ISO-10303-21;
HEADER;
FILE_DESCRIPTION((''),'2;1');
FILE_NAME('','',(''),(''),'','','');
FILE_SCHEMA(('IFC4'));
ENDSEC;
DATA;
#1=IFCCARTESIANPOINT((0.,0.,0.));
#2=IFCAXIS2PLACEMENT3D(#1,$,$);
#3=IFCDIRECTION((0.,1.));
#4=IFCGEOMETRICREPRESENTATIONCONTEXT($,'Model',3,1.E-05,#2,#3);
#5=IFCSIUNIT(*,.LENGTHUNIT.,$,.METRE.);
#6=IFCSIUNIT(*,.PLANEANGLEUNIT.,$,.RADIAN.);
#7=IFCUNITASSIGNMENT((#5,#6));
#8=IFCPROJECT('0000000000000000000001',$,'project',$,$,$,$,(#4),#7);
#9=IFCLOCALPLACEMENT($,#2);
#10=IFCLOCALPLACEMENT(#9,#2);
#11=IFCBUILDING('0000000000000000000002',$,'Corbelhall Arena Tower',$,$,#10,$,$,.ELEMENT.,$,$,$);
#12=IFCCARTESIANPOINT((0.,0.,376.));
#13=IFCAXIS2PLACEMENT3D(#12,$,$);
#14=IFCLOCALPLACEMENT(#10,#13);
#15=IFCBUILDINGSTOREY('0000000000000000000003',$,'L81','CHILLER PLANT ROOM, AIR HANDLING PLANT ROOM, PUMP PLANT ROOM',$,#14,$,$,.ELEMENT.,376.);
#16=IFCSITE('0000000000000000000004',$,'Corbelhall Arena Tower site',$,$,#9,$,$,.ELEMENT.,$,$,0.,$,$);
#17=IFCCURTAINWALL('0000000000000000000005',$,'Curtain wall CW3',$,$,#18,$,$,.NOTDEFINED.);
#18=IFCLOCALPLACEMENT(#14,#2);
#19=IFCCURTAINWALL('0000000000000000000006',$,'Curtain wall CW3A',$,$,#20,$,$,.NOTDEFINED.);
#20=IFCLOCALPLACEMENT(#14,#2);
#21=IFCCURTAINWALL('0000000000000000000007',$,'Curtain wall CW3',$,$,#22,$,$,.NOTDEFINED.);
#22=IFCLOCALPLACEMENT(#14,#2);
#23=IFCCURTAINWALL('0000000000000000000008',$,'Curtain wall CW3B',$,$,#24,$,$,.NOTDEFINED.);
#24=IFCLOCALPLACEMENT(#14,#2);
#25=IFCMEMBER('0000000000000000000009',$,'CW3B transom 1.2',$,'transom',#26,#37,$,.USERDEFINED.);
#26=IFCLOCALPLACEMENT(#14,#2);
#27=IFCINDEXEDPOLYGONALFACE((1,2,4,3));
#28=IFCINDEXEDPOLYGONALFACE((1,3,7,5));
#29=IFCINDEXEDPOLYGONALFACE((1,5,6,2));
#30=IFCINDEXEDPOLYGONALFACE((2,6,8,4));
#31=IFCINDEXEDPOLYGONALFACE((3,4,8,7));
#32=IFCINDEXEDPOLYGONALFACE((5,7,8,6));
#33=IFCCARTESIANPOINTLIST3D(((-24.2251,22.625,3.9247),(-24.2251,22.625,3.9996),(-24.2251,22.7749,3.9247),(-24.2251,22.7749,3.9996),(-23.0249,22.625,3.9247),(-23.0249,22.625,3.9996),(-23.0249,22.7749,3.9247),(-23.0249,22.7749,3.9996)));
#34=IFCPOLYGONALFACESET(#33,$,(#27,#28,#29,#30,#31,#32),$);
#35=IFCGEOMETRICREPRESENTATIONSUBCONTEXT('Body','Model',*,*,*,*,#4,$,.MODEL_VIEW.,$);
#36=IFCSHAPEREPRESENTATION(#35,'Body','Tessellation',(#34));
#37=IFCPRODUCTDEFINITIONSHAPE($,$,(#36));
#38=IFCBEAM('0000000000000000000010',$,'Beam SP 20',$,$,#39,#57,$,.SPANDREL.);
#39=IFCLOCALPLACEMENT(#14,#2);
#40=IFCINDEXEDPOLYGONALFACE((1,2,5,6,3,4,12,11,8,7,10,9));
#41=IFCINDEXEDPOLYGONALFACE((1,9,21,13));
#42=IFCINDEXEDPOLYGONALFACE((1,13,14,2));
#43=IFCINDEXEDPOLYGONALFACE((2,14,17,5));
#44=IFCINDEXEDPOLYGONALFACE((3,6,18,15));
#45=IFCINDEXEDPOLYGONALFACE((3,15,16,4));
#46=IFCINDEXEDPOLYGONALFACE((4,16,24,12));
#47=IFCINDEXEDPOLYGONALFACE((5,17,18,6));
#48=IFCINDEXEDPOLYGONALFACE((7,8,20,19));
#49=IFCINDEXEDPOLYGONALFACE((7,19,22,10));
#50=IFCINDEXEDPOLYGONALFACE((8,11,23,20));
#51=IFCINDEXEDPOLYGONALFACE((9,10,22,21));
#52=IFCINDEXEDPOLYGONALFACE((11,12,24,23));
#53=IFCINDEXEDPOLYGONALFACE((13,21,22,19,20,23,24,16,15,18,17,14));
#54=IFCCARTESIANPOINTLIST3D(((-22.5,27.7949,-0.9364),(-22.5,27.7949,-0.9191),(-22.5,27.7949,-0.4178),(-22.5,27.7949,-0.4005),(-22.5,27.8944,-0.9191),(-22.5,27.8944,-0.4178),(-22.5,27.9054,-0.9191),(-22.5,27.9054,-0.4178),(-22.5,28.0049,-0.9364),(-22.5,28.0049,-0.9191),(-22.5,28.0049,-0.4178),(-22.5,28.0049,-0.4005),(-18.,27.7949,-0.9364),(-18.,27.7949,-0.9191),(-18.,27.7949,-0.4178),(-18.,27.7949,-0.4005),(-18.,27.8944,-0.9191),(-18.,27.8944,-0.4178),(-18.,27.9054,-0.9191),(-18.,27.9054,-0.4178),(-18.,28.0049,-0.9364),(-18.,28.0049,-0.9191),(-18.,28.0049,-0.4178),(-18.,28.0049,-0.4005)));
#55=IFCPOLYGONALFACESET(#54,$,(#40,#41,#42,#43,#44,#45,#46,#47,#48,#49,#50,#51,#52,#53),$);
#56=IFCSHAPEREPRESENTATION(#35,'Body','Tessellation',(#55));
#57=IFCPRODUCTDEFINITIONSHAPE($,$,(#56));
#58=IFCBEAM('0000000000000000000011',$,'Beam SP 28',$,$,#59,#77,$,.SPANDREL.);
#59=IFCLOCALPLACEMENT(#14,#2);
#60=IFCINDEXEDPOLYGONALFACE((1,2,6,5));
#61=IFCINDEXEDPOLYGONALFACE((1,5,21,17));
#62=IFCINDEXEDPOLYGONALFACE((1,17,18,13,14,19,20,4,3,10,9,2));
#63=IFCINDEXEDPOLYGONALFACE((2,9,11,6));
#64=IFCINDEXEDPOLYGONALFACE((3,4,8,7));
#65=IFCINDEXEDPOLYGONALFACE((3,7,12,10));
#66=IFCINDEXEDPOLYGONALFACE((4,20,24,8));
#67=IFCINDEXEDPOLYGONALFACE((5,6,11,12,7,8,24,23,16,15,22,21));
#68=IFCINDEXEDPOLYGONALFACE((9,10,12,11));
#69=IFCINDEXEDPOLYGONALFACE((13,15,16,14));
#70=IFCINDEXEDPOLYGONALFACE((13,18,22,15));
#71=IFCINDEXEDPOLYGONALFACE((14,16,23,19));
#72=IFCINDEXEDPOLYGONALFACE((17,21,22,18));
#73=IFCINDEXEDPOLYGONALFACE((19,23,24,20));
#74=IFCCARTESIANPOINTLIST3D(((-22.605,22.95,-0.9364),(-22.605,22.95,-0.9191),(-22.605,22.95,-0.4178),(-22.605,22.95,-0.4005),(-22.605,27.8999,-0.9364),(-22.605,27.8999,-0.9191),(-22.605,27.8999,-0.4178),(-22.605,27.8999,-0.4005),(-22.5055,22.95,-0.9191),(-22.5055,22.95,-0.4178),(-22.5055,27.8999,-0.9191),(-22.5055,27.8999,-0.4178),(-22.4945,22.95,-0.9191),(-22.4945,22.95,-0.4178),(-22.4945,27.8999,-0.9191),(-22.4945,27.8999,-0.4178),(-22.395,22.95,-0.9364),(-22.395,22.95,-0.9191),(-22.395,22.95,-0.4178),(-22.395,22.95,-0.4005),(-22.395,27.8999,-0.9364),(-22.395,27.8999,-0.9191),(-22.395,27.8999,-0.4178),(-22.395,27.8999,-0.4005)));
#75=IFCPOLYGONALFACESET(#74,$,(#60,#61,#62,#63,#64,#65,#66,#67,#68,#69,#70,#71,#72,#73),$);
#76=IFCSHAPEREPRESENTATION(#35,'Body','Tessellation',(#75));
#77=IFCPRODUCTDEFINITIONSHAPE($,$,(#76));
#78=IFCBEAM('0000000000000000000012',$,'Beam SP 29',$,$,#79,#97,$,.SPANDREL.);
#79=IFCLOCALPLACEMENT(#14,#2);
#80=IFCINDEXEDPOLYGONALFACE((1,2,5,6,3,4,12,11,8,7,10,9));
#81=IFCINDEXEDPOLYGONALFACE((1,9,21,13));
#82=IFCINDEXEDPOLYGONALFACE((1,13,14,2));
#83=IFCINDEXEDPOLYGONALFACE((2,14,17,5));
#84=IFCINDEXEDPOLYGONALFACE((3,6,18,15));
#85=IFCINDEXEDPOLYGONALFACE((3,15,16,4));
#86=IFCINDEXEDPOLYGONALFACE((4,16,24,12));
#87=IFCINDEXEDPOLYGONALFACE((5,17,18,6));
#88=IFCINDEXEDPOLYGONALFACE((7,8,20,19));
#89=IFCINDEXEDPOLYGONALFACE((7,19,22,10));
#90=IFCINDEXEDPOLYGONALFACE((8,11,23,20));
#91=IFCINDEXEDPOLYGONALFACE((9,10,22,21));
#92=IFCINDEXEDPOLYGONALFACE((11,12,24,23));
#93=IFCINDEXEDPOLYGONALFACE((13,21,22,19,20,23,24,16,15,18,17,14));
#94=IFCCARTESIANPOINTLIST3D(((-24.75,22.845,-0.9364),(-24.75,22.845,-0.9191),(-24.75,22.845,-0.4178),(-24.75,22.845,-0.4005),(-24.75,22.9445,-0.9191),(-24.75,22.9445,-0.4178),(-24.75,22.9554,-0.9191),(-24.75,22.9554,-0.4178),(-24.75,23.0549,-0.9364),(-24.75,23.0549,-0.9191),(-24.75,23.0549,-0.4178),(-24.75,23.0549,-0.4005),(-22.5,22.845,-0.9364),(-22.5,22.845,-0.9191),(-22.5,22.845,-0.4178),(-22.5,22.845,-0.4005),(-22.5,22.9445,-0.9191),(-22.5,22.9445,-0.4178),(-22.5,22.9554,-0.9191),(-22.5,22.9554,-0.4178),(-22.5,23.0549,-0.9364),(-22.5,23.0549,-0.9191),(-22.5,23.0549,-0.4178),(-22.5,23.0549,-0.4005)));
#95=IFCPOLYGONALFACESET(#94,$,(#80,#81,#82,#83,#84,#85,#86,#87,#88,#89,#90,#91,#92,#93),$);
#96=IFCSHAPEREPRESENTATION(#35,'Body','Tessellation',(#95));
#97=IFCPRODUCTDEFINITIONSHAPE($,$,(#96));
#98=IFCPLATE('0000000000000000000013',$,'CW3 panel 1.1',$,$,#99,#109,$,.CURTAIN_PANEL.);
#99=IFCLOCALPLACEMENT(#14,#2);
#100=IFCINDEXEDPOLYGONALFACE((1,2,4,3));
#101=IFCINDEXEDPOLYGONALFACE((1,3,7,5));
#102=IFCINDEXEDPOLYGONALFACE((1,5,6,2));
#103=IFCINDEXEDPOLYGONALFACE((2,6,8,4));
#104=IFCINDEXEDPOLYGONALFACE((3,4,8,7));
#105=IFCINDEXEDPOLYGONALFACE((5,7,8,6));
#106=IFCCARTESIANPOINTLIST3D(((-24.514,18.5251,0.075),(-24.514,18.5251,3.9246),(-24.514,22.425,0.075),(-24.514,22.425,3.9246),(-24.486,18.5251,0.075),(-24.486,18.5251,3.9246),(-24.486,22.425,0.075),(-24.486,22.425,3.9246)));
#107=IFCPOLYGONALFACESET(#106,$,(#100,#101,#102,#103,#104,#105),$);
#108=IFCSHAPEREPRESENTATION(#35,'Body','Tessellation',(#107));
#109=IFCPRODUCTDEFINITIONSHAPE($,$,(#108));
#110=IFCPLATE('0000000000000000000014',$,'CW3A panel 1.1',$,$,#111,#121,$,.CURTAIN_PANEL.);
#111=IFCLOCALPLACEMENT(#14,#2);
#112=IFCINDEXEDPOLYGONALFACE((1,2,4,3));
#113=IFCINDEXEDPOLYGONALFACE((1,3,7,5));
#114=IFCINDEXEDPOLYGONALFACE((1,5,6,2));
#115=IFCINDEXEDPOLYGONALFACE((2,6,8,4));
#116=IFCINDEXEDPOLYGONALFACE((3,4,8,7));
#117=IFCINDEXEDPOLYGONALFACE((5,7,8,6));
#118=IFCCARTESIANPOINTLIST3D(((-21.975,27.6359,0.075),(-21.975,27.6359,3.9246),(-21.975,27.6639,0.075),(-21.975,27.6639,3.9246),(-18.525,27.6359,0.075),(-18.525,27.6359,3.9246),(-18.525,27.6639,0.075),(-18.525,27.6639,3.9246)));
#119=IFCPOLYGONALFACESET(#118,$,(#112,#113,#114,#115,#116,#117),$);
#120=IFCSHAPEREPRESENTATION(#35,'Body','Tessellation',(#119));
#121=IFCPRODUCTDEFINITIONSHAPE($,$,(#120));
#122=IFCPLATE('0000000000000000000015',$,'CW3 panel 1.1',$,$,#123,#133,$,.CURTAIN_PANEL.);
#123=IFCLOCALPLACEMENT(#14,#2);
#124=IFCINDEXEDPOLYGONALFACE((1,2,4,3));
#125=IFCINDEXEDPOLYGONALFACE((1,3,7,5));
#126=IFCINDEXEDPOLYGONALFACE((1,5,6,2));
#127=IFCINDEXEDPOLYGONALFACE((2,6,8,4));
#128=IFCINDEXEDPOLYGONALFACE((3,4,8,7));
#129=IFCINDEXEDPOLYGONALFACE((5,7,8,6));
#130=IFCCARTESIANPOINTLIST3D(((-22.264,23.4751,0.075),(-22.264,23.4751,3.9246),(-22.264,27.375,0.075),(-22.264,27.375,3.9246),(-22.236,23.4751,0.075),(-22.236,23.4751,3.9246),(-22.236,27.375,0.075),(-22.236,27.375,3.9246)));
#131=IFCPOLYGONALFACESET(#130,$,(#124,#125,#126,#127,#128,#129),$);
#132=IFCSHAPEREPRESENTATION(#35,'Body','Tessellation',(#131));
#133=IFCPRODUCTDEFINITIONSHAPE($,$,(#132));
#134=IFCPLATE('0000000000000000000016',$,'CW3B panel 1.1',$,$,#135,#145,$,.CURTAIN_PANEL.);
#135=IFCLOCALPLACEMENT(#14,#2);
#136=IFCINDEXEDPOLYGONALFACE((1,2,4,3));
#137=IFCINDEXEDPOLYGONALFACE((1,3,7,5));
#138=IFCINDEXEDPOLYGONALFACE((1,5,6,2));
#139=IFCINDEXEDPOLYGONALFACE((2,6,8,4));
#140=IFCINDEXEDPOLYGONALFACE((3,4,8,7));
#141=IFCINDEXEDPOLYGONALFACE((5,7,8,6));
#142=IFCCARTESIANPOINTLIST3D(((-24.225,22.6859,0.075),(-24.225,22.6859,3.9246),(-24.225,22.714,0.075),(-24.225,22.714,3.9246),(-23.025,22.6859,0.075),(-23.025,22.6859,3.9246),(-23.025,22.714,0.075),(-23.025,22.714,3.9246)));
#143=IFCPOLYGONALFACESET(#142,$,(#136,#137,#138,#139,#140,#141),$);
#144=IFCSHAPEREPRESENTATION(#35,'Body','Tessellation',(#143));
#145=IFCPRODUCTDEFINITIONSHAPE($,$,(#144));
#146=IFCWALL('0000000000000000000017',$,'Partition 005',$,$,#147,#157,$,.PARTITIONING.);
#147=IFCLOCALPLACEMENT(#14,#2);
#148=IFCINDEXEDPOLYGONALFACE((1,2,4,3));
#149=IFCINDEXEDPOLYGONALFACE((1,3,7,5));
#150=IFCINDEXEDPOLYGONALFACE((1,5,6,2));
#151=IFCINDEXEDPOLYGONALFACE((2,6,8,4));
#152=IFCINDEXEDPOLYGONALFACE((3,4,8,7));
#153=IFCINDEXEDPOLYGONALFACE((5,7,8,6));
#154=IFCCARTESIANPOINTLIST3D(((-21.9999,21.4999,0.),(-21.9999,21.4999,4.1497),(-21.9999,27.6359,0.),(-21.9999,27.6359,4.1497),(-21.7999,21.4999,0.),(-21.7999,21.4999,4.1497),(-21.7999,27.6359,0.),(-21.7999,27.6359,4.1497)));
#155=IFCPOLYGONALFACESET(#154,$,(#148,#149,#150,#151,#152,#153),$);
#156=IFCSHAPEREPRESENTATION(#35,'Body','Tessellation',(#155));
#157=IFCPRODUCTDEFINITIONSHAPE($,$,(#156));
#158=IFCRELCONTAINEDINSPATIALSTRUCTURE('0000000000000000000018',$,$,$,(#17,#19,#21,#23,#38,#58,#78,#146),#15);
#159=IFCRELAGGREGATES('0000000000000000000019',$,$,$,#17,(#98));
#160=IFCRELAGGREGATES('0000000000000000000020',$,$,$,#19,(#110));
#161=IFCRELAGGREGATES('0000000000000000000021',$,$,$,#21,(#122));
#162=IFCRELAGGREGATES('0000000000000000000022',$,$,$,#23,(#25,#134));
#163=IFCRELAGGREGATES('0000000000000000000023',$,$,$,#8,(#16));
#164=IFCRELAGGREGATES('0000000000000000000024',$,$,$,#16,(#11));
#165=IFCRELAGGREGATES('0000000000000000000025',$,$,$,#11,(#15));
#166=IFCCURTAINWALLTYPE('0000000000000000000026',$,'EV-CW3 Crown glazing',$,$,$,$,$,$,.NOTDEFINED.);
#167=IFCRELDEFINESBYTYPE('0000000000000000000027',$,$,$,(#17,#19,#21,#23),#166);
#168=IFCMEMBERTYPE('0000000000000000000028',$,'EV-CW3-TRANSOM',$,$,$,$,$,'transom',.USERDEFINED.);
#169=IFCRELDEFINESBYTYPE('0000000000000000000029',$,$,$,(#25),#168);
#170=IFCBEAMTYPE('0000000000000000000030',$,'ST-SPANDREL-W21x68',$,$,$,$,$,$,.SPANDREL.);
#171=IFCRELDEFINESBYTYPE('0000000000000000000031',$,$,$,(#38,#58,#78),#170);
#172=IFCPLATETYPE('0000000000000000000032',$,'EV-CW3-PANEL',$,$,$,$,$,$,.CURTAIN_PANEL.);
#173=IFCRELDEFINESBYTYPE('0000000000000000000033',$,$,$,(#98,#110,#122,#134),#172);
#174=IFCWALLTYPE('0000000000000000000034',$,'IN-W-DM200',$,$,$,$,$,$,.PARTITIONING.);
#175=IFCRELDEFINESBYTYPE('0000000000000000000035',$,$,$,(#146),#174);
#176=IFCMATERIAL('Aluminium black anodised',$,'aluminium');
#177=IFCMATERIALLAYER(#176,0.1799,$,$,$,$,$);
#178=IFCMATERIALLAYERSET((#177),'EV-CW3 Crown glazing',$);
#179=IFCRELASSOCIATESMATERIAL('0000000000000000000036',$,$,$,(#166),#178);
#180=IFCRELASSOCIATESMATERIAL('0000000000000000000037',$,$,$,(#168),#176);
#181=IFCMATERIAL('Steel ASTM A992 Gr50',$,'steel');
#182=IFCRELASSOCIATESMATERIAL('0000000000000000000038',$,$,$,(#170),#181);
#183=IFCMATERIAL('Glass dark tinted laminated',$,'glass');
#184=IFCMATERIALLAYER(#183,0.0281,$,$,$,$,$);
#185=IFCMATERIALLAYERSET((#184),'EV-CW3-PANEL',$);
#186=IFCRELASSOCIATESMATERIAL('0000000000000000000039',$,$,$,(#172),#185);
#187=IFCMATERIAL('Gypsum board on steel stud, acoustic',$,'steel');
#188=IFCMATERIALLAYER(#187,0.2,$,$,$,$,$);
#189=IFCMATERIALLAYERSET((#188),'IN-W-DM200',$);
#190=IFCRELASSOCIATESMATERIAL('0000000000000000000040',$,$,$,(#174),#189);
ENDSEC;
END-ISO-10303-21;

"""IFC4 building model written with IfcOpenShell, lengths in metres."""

from ifc_helpers import new_model, si_unit, direction, frame, frame_2d, origin, origin_2d, place, context, subcontext, project, spatial, rectangle, i_section, extrude, material, layer, layer_set, material_profile, profile_set, type_object, element, aggregate, save


model = new_model("IFC4")

# Units and contexts
model_context = context("Model", 3, precision=1e-05, world=origin(), true_north=direction((0.0, 1.0)))
body_context = subcontext(model_context, "Body", "Model", "MODEL_VIEW")
ifc_project = project(units=[si_unit("LENGTHUNIT", "METRE"), si_unit("PLANEANGLEUNIT", "RADIAN")], contexts=[model_context])

# Site, building, storey
site_placement = place(None, origin())
site = spatial("IfcSite", under=ifc_project, at=site_placement, Name="Corbelhall Arena Tower site", CompositionType="ELEMENT", RefElevation=0.0)
building_placement = place(site_placement, origin())
building = spatial("IfcBuilding", under=site, at=building_placement, Name="Corbelhall Arena Tower", CompositionType="ELEMENT")
storey_placement = place(building_placement, frame((0.0, 0.0, 376.0)))
storey = spatial("IfcBuildingStorey", under=building, at=storey_placement, Name="L81", Description="CHILLER PLANT ROOM, AIR HANDLING PLANT ROOM, PUMP PLANT ROOM", CompositionType="ELEMENT", Elevation=376.0)

# Curtain wall
ifc_material_1 = material(Name="Aluminium black anodised", Category="aluminium")
ifc_layer_1 = layer(ifc_material_1, 0.1799)
ifc_layer_set_1 = layer_set([ifc_layer_1], Name="EV-CW3 Crown glazing")
curtain_wall_type = type_object("IfcCurtainWallType", Name="EV-CW3 Crown glazing", PredefinedType="NOTDEFINED", material=ifc_layer_set_1)
curtain_wall_1_placement = place(storey_placement, origin())
curtain_wall_1 = element("IfcCurtainWall", 1, at=curtain_wall_1_placement, inside=storey, type_object=curtain_wall_type, Name="Curtain wall CW3", PredefinedType="NOTDEFINED")

# Curtain wall
curtain_wall_2_placement = place(storey_placement, origin())
curtain_wall_2 = element("IfcCurtainWall", 2, at=curtain_wall_2_placement, inside=storey, type_object=curtain_wall_type, Name="Curtain wall CW3A", PredefinedType="NOTDEFINED")

# Curtain walls
curtain_wall_3_placement = place(storey_placement, origin())
curtain_wall_3 = element("IfcCurtainWall", 3, at=curtain_wall_3_placement, inside=storey, type_object=curtain_wall_type, Name="Curtain wall CW3", PredefinedType="NOTDEFINED")
curtain_wall_4_placement = place(storey_placement, origin())
curtain_wall_4 = element("IfcCurtainWall", 4, at=curtain_wall_4_placement, inside=storey, type_object=curtain_wall_type, Name="Curtain wall CW3B", PredefinedType="NOTDEFINED")

# Member
ifc_material_profile_1 = material_profile(ifc_material_1, rectangle(XDim=0.1499, YDim=0.075, at=origin_2d()))
ifc_profile_set_1 = profile_set([ifc_material_profile_1], Name="Aluminium black anodised")
member_type_1 = type_object("IfcMemberType", Name="EV-CW3-TRANSOM", ElementType="transom", PredefinedType="USERDEFINED", material=ifc_profile_set_1)
member_1_placement = place(storey_placement, frame((-23.0249, 22.7, 3.9622), z_axis=(-1.0, 0.0, 0.0), x_axis=(0.0, -1.0, 0.0)))
member_1 = element("IfcMember", 5, at=member_1_placement, type_object=member_type_1, Name="CW3B transom 1.2", ObjectType="transom", PredefinedType="USERDEFINED", context=body_context, shape_type="SweptSolid", body=[
    extrude(rectangle(XDim=0.1499, YDim=0.075, at=origin_2d()), origin(), (0.0, 0.0, 1.0), 1.2002),
])

# Beams
ifc_material_2 = material(Name="Steel ASTM A992 Gr50", Category="steel")
ifc_material_profile_2 = material_profile(ifc_material_2, i_section(OverallWidth=0.21, OverallDepth=0.5359, WebThickness=0.011, FlangeThickness=0.0173, at=origin_2d()))
ifc_profile_set_2 = profile_set([ifc_material_profile_2], Name="Steel ASTM A992 Gr50")
beam_type = type_object("IfcBeamType", Name="ST-SPANDREL-W21x68", PredefinedType="SPANDREL", material=ifc_profile_set_2)
beam_1_placement = place(storey_placement, frame((-22.5, 27.8999, -0.6685), z_axis=(1.0, 0.0, 0.0), x_axis=(0.0, 1.0, 0.0)))
element("IfcBeam", 6, at=beam_1_placement, inside=storey, type_object=beam_type, Name="Beam SP 20", PredefinedType="SPANDREL", context=body_context, shape_type="SweptSolid", body=[
    extrude(i_section(OverallWidth=0.21, OverallDepth=0.5359, WebThickness=0.011, FlangeThickness=0.0173, at=origin_2d()), origin(), (0.0, 0.0, 1.0), 4.5),
])
beam_2_placement = place(storey_placement, frame((-22.5, 22.95, -0.6685), z_axis=(0.0, 1.0, 0.0), x_axis=(-1.0, 0.0, 0.0)))
element("IfcBeam", 7, at=beam_2_placement, inside=storey, type_object=beam_type, Name="Beam SP 28", PredefinedType="SPANDREL", context=body_context, shape_type="SweptSolid", body=[
    extrude(i_section(OverallWidth=0.21, OverallDepth=0.5359, WebThickness=0.011, FlangeThickness=0.0173, at=origin_2d()), origin(), (0.0, 0.0, 1.0), 4.95),
])
beam_3_placement = place(storey_placement, frame((-24.75, 22.95, -0.6685), z_axis=(1.0, 0.0, 0.0), x_axis=(0.0, 1.0, 0.0)))
element("IfcBeam", 8, at=beam_3_placement, inside=storey, type_object=beam_type, Name="Beam SP 29", PredefinedType="SPANDREL", context=body_context, shape_type="SweptSolid", body=[
    extrude(i_section(OverallWidth=0.21, OverallDepth=0.5359, WebThickness=0.011, FlangeThickness=0.0173, at=origin_2d()), origin(), (0.0, 0.0, 1.0), 2.25),
])

# Plates
ifc_material_3 = material(Name="Glass dark tinted laminated", Category="glass")
ifc_layer_2 = layer(ifc_material_3, 0.0281)
ifc_layer_set_2 = layer_set([ifc_layer_2], Name="EV-CW3-PANEL")
plate_type = type_object("IfcPlateType", Name="EV-CW3-PANEL", PredefinedType="CURTAIN_PANEL", material=ifc_layer_set_2)
plate_1_placement = place(storey_placement, frame((-24.5, 20.4751, 0.075), z_axis=(0.0, 0.0, 1.0), x_axis=(0.0, -1.0, 0.0)))
plate_1 = element("IfcPlate", 9, at=plate_1_placement, type_object=plate_type, Name="CW3 panel 1.1", PredefinedType="CURTAIN_PANEL", context=body_context, shape_type="SweptSolid", body=[
    extrude(rectangle(XDim=3.8999, YDim=0.0281, at=origin_2d()), origin(), (0.0, 0.0, 1.0), 3.8496),
])
aggregate(curtain_wall_1, [plate_1])
plate_2_placement = place(storey_placement, frame((-20.25, 27.6499, 0.075), z_axis=(0.0, 0.0, 1.0), x_axis=(-1.0, 0.0, 0.0)))
plate_2 = element("IfcPlate", 10, at=plate_2_placement, type_object=plate_type, Name="CW3A panel 1.1", PredefinedType="CURTAIN_PANEL", context=body_context, shape_type="SweptSolid", body=[
    extrude(rectangle(XDim=3.45, YDim=0.0281, at=origin_2d()), origin(), (0.0, 0.0, 1.0), 3.8496),
])
aggregate(curtain_wall_2, [plate_2])
plate_3_placement = place(storey_placement, frame((-22.25, 25.425, 0.075), z_axis=(0.0, 0.0, 1.0), x_axis=(0.0, -1.0, 0.0)))
plate_3 = element("IfcPlate", 11, at=plate_3_placement, type_object=plate_type, Name="CW3 panel 1.1", PredefinedType="CURTAIN_PANEL", context=body_context, shape_type="SweptSolid", body=[
    extrude(rectangle(XDim=3.8999, YDim=0.0281, at=origin_2d()), origin(), (0.0, 0.0, 1.0), 3.8496),
])
aggregate(curtain_wall_3, [plate_3])
plate_4_placement = place(storey_placement, frame((-23.625, 22.7, 0.075), z_axis=(0.0, 0.0, 1.0), x_axis=(-1.0, 0.0, 0.0)))
plate_4 = element("IfcPlate", 12, at=plate_4_placement, type_object=plate_type, Name="CW3B panel 1.1", PredefinedType="CURTAIN_PANEL", context=body_context, shape_type="SweptSolid", body=[
    extrude(rectangle(XDim=1.2, YDim=0.0281, at=origin_2d()), origin(), (0.0, 0.0, 1.0), 3.8496),
])
aggregate(curtain_wall_4, [member_1, plate_4])

# Wall
ifc_material_4 = material(Name="Gypsum board on steel stud, acoustic", Category="steel")
ifc_layer_3 = layer(ifc_material_4, 0.2)
ifc_layer_set_3 = layer_set([ifc_layer_3], Name="IN-W-DM200")
wall_type_1 = type_object("IfcWallType", Name="IN-W-DM200", PredefinedType="PARTITIONING", material=ifc_layer_set_3)
wall_1_placement = place(storey_placement, frame((-21.8999, 21.5, 0.0), z_axis=(0.0, 0.0, 1.0), x_axis=(0.0, 1.0, 0.0)))
element("IfcWall", 13, at=wall_1_placement, inside=storey, type_object=wall_type_1, Name="Partition 005", PredefinedType="PARTITIONING", context=body_context, shape_type="SweptSolid", body=[
    extrude(rectangle(XDim=6.136, YDim=0.2, at=frame_2d((3.0679, 0.0))), origin(), (0.0, 0.0, 1.0), 4.1497),
])

save(model, "model.ifc")
